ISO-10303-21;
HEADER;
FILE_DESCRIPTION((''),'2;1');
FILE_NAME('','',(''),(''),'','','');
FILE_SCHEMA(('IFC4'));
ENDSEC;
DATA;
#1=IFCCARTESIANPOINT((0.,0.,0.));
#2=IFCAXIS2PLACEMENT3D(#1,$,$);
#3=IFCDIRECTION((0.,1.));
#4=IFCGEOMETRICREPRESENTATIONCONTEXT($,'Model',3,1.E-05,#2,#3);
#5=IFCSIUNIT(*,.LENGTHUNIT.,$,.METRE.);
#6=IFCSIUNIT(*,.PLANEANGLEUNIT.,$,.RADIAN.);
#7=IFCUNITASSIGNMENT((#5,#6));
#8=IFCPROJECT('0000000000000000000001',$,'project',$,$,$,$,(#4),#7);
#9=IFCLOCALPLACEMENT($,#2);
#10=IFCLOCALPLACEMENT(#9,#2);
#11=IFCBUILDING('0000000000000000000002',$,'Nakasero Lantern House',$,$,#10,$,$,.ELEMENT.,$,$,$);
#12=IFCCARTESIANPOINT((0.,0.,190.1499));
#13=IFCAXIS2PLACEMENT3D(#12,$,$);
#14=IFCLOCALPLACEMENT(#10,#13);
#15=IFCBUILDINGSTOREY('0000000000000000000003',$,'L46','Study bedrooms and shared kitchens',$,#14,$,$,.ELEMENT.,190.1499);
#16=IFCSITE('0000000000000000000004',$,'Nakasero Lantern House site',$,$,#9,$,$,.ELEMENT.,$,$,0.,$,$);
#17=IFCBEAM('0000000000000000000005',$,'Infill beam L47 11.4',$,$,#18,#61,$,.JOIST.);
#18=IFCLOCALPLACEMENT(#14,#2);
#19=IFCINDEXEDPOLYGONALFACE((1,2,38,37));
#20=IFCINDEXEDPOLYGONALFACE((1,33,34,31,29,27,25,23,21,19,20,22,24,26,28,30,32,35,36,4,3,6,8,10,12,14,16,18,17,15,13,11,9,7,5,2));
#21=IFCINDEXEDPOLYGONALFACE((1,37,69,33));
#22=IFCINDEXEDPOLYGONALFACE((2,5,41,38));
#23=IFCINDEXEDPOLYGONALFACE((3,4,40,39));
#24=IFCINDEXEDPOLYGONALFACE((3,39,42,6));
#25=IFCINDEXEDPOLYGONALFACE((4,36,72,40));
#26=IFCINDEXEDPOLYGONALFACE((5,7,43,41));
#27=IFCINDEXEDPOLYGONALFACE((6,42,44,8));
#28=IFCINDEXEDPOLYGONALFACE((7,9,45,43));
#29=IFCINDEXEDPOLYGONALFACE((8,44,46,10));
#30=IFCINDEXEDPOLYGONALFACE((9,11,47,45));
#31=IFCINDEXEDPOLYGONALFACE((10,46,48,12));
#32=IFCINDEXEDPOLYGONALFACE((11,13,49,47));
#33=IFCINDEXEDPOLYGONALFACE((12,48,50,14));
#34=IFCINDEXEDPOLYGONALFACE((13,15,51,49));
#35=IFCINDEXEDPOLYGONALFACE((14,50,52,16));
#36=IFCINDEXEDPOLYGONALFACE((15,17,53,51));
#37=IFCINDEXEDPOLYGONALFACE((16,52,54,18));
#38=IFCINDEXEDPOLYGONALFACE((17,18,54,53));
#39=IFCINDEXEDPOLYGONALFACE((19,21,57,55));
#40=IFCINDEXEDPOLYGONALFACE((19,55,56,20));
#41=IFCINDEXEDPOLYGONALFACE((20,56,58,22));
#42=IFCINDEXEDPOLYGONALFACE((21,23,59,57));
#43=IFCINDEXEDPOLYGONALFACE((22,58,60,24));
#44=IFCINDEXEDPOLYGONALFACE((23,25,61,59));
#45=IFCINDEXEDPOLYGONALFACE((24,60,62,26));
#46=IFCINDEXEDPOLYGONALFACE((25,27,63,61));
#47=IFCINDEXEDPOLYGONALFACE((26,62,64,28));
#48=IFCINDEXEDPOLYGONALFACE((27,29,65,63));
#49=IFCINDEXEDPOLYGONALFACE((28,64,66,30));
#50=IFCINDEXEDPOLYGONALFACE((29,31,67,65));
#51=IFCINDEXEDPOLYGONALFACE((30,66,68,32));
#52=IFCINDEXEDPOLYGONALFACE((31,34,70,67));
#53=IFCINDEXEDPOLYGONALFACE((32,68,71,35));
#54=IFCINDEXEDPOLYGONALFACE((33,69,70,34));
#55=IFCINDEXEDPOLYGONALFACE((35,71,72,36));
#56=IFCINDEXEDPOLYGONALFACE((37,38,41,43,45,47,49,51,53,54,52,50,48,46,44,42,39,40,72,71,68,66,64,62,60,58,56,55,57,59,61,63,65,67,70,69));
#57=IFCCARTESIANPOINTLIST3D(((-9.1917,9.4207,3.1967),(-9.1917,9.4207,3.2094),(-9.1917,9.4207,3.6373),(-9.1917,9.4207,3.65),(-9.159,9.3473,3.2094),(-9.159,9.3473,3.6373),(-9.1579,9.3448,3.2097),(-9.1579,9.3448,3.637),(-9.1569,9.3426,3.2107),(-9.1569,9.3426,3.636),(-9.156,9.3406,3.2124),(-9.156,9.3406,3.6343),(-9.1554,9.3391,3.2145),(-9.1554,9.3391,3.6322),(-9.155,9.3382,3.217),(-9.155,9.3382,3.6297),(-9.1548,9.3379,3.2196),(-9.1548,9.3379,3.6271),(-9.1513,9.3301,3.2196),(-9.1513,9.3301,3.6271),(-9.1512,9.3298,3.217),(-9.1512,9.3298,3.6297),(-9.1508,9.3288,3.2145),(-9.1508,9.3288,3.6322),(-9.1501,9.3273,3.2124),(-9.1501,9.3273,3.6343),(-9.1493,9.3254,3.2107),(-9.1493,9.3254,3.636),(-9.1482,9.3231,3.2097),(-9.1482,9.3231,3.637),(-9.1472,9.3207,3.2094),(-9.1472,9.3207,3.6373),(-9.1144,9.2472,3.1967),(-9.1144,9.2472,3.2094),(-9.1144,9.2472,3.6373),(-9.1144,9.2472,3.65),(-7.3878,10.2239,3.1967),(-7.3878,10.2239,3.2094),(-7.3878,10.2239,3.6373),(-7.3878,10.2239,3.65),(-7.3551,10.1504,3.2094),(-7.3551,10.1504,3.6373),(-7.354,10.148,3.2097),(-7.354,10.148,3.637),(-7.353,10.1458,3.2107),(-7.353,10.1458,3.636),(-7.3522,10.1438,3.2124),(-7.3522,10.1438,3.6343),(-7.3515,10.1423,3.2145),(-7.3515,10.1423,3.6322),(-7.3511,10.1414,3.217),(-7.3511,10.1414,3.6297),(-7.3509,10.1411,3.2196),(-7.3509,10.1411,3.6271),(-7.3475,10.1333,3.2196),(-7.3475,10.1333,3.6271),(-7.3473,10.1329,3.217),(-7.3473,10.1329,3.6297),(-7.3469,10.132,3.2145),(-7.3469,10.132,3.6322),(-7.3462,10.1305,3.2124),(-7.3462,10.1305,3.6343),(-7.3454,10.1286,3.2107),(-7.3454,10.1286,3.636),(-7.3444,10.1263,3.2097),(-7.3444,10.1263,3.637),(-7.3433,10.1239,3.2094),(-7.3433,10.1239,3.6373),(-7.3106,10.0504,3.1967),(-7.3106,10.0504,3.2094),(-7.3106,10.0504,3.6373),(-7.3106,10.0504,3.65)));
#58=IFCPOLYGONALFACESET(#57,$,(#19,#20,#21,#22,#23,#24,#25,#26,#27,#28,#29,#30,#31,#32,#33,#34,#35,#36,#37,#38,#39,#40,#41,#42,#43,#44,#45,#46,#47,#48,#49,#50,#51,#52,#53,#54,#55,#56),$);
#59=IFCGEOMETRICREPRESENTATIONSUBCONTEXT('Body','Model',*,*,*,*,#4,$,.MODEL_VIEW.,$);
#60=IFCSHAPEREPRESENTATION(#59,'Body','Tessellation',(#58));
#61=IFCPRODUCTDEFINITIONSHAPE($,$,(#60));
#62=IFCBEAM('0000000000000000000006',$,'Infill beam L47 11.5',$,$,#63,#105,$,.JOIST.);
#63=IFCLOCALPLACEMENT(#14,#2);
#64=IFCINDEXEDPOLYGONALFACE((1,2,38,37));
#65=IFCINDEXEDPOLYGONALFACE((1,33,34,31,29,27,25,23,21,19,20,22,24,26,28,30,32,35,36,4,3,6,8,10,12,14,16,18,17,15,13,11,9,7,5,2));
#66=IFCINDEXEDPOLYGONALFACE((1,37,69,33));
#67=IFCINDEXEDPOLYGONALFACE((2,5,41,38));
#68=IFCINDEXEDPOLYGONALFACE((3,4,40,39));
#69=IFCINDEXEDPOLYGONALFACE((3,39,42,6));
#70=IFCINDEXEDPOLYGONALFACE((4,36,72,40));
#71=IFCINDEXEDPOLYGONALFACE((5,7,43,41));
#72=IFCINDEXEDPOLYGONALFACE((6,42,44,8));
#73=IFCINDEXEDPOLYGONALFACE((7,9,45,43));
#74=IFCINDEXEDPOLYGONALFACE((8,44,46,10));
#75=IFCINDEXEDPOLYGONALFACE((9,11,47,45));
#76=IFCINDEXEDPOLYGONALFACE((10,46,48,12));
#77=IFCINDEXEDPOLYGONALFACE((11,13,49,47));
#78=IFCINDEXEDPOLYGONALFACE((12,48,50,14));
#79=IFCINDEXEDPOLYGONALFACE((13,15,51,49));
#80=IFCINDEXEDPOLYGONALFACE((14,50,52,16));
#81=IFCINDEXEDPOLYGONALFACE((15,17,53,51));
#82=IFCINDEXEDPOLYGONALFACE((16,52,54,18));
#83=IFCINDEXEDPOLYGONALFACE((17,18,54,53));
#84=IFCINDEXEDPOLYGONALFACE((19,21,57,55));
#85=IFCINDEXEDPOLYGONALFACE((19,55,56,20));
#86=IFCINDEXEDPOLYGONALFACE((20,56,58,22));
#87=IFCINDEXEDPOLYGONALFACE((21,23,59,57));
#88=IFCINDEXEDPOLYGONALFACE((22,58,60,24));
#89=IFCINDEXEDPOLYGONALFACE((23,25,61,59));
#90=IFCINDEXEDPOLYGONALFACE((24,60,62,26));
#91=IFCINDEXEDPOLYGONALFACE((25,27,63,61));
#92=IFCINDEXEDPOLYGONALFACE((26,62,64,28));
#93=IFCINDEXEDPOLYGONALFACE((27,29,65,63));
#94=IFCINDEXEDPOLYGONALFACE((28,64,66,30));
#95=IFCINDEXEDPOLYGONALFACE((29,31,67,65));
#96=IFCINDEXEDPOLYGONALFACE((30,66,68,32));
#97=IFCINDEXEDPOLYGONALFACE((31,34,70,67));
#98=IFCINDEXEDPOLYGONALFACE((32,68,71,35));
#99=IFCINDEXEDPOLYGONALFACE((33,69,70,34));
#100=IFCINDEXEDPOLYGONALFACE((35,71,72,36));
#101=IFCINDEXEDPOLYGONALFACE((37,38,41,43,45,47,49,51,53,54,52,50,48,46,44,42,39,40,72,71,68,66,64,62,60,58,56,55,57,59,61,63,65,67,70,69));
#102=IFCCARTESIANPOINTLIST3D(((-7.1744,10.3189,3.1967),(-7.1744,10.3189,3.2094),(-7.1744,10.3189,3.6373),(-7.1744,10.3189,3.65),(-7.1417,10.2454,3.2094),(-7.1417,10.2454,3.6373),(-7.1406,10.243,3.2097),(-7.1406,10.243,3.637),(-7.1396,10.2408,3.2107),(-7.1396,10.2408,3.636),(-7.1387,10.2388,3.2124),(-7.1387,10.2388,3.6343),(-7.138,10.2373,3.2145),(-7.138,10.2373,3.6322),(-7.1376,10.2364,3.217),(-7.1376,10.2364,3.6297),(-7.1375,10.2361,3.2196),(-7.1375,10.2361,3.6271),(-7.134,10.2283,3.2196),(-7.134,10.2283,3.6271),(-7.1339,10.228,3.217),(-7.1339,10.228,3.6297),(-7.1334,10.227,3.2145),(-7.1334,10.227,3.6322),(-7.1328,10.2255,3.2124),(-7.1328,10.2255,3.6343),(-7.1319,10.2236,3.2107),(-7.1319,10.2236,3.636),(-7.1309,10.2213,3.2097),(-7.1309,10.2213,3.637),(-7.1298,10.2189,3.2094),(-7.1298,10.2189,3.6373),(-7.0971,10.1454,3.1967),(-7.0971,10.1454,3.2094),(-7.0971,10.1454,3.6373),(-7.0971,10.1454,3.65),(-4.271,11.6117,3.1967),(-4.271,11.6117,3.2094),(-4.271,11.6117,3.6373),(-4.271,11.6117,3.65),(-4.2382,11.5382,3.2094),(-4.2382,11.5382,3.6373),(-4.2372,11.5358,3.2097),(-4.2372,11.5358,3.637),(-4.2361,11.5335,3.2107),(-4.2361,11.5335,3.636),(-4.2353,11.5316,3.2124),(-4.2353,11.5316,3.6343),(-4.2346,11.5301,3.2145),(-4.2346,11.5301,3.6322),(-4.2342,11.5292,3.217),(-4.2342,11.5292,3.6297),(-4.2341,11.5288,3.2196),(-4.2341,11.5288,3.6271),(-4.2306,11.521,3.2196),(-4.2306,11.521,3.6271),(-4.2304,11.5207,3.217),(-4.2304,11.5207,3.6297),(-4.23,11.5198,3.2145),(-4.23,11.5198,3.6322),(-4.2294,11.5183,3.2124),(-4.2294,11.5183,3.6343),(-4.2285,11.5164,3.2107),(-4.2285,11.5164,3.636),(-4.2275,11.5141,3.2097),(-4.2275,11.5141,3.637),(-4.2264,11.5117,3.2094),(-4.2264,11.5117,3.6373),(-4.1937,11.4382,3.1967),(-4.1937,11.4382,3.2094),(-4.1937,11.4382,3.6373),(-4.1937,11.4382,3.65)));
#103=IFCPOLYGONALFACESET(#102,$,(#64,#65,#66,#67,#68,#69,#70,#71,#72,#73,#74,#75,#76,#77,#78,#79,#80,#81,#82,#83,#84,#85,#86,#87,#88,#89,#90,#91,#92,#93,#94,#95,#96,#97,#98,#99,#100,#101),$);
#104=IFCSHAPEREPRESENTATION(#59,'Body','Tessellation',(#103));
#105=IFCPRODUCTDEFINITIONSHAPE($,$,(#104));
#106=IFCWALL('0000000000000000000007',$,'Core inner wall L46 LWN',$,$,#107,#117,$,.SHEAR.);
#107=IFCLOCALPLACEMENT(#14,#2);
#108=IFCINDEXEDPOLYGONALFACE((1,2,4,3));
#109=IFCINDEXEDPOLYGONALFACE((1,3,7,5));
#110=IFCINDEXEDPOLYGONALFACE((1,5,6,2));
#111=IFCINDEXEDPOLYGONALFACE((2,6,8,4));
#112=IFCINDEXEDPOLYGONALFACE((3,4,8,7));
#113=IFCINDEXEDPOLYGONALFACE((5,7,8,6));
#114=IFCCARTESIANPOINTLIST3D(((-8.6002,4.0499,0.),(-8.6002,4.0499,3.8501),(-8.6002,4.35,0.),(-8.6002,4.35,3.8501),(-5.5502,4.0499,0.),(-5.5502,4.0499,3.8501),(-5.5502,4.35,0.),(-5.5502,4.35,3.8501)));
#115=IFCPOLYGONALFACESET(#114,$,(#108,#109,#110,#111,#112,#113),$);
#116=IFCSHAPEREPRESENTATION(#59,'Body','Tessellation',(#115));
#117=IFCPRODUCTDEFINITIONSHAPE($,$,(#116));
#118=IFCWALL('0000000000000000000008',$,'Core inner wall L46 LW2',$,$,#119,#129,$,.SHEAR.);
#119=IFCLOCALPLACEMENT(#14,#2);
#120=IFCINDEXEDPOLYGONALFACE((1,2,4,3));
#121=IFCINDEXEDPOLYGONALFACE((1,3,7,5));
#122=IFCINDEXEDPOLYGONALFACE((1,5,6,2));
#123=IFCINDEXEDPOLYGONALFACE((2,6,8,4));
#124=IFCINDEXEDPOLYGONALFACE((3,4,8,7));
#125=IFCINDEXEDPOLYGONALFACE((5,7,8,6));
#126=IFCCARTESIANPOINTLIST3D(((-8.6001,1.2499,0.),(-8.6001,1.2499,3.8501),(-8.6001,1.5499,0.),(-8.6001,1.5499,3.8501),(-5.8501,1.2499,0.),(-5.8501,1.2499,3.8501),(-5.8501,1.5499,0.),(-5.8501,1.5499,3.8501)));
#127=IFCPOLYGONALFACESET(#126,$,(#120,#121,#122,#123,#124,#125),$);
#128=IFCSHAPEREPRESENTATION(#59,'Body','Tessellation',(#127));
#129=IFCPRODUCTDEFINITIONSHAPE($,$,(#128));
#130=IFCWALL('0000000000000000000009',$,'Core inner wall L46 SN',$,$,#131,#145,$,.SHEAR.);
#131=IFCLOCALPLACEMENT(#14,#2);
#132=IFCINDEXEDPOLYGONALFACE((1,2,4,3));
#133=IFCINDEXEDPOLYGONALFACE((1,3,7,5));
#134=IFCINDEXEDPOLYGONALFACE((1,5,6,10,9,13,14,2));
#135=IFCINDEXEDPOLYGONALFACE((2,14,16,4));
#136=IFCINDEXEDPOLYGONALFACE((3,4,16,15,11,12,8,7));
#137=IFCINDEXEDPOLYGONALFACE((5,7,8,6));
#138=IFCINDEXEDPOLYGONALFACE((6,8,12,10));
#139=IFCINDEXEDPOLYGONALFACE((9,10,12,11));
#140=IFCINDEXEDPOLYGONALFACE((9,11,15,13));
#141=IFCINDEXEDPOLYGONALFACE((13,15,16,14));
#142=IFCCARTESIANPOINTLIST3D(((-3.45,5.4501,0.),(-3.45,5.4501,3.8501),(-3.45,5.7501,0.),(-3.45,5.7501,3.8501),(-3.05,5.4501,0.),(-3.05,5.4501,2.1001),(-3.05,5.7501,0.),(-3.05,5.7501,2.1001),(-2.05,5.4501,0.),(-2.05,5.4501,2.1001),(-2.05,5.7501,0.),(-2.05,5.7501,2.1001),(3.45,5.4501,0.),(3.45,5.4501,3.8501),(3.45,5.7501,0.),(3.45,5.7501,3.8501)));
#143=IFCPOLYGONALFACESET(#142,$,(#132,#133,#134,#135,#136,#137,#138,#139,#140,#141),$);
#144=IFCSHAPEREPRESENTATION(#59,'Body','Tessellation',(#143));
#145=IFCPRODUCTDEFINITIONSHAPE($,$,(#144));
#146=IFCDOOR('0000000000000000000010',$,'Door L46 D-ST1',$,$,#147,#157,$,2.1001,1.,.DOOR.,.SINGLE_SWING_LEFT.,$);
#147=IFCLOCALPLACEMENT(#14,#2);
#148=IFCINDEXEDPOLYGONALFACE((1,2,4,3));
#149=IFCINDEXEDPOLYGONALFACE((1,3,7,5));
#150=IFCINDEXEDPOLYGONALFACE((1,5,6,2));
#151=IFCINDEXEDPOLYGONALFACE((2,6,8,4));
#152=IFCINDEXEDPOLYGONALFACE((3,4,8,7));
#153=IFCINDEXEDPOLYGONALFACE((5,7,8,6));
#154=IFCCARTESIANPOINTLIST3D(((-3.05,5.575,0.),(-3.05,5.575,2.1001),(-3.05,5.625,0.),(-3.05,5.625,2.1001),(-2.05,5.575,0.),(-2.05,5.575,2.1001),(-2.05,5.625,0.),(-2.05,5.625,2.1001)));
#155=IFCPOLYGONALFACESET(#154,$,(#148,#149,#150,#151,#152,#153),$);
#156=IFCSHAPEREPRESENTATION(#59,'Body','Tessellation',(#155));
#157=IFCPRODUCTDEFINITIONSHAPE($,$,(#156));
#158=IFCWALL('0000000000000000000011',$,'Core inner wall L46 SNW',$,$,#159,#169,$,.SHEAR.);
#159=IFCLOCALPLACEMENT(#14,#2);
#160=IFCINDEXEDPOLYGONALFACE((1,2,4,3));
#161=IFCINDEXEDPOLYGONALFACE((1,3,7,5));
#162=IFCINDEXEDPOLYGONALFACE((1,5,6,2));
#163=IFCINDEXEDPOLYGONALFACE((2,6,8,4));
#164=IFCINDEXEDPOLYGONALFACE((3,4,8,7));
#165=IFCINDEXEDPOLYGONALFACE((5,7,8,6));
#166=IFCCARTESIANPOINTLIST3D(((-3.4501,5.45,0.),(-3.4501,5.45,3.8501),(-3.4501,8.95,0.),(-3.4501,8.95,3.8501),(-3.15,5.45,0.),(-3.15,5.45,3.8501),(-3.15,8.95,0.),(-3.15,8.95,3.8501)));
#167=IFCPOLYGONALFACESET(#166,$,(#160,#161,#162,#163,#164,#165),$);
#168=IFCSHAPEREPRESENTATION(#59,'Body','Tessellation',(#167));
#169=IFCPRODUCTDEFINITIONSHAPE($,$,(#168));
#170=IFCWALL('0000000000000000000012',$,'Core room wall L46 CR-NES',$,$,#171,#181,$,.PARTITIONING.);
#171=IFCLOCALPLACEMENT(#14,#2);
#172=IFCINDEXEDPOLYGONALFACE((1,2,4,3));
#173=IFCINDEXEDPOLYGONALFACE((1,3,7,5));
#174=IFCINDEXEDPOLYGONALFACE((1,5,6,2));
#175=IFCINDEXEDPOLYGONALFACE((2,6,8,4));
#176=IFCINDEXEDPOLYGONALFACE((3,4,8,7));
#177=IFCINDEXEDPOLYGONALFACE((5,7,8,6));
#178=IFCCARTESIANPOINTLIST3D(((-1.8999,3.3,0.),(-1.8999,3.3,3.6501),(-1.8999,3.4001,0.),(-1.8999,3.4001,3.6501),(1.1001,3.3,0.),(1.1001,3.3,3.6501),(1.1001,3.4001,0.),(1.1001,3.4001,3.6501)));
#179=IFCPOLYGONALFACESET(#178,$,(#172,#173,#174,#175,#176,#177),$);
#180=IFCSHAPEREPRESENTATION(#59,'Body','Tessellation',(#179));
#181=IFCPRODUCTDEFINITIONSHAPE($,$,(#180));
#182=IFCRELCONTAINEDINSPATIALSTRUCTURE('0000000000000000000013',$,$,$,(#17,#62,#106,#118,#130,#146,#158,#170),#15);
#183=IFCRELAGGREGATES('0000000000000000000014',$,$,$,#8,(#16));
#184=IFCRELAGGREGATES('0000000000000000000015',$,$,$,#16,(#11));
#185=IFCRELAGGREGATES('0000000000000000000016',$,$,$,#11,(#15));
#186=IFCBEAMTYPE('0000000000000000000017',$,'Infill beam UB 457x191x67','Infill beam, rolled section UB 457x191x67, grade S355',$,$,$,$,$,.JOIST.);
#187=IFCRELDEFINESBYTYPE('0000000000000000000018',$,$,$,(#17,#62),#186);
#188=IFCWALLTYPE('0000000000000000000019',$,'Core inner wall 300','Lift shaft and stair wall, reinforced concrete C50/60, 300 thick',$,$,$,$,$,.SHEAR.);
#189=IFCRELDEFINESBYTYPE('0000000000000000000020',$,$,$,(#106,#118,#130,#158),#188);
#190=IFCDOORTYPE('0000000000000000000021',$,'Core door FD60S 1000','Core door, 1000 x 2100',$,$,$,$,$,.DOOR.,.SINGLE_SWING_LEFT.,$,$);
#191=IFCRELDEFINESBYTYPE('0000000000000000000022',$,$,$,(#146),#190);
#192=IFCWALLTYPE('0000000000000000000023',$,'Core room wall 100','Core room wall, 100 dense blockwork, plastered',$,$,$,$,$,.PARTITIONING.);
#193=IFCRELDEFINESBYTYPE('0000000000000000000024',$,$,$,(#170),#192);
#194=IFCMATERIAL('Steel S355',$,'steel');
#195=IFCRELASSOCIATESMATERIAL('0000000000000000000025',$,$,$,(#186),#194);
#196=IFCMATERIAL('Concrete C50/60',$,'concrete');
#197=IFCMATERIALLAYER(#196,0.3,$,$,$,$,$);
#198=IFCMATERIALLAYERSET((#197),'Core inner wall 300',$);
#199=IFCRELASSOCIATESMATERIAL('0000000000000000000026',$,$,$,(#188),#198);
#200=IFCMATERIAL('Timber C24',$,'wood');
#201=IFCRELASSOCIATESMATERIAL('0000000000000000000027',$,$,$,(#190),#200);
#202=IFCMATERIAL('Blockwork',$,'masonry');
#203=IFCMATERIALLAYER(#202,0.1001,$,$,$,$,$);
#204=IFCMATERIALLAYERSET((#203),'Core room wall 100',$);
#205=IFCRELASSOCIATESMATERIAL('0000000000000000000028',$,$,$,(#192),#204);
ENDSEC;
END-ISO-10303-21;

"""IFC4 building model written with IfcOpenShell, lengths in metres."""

from ifc_helpers import new_model, si_unit, direction, frame, frame_2d, origin, origin_2d, place, context, subcontext, project, spatial, rectangle, i_section, extrude, material, layer, layer_set, material_profile, profile_set, type_object, element, fill, save


model = new_model("IFC4")

# Units and contexts
model_context = context("Model", 3, precision=1e-05, world=origin(), true_north=direction((0.0, 1.0)))
body_context = subcontext(model_context, "Body", "Model", "MODEL_VIEW")
ifc_project = project(units=[si_unit("LENGTHUNIT", "METRE"), si_unit("PLANEANGLEUNIT", "RADIAN")], contexts=[model_context])

# Site, building, storey
site_placement = place(None, origin())
site = spatial("IfcSite", under=ifc_project, at=site_placement, Name="Nakasero Lantern House site", CompositionType="ELEMENT", RefElevation=0.0)
building_placement = place(site_placement, origin())
building = spatial("IfcBuilding", under=site, at=building_placement, Name="Nakasero Lantern House", CompositionType="ELEMENT")
storey_placement = place(building_placement, frame((0.0, 0.0, 190.1499)))
storey = spatial("IfcBuildingStorey", under=building, at=storey_placement, Name="L46", Description="Study bedrooms and shared kitchens", CompositionType="ELEMENT", Elevation=190.1499)

# Beams
ifc_material_1 = material(Name="Steel S355", Category="steel")
ifc_material_profile = material_profile(ifc_material_1, i_section(OverallWidth=0.1899, OverallDepth=0.4534, WebThickness=0.0085, FlangeThickness=0.0127, FilletRadius=0.0103, at=origin_2d()), Name="UB 457x191x67")
ifc_profile_set = profile_set([ifc_material_profile], Name="Steel S355")
beam_type = type_object("IfcBeamType", Name="Infill beam UB 457x191x67", Description="Infill beam, rolled section UB 457x191x67, grade S355", PredefinedType="JOIST", material=ifc_profile_set)
beam_1_placement = place(storey_placement, frame((-9.1531, 9.334, 3.4233), z_axis=(0.913536, 0.406758, 0.0), x_axis=(-0.406758, 0.913536, 0.0)))
element("IfcBeam", 1, at=beam_1_placement, inside=storey, type_object=beam_type, Name="Infill beam L47 11.4", PredefinedType="JOIST", context=body_context, shape_type="SweptSolid", body=[
    extrude(i_section(OverallWidth=0.1899, OverallDepth=0.4534, WebThickness=0.0085, FlangeThickness=0.0127, FilletRadius=0.0103, at=origin_2d()), origin(), (0.0, 0.0, 1.0), 1.9746),
])
beam_2_placement = place(storey_placement, frame((-7.1357, 10.2322, 3.4233), z_axis=(0.913536, 0.406758, 0.0), x_axis=(-0.406758, 0.913536, 0.0)))
element("IfcBeam", 2, at=beam_2_placement, inside=storey, type_object=beam_type, Name="Infill beam L47 11.5", PredefinedType="JOIST", context=body_context, shape_type="SweptSolid", body=[
    extrude(i_section(OverallWidth=0.1899, OverallDepth=0.4534, WebThickness=0.0085, FlangeThickness=0.0127, FilletRadius=0.0103, at=origin_2d()), origin(), (0.0, 0.0, 1.0), 3.1782),
])

# Walls
ifc_material_2 = material(Name="Concrete C50/60", Category="concrete")
ifc_layer_1 = layer(ifc_material_2, 0.3)
ifc_layer_set_1 = layer_set([ifc_layer_1], Name="Core inner wall 300")
wall_type_1 = type_object("IfcWallType", Name="Core inner wall 300", Description="Lift shaft and stair wall, reinforced concrete C50/60, 300 thick", PredefinedType="SHEAR", material=ifc_layer_set_1)
wall_1_placement = place(storey_placement, frame((-8.6001, 4.2, 0.0), z_axis=(0.0, 0.0, 1.0), x_axis=(1.0, 0.0, 0.0)))
element("IfcWall", 3, at=wall_1_placement, inside=storey, type_object=wall_type_1, Name="Core inner wall L46 LWN", PredefinedType="SHEAR", context=body_context, shape_type="SweptSolid", body=[
    extrude(rectangle(XDim=3.05, YDim=0.3, at=frame_2d((1.5249, 0.0))), origin(), (0.0, 0.0, 1.0), 3.8501),
])
wall_2_placement = place(storey_placement, frame((-8.6001, 1.3999, 0.0), z_axis=(0.0, 0.0, 1.0), x_axis=(1.0, 0.0, 0.0)))
element("IfcWall", 4, at=wall_2_placement, inside=storey, type_object=wall_type_1, Name="Core inner wall L46 LW2", PredefinedType="SHEAR", context=body_context, shape_type="SweptSolid", body=[
    extrude(rectangle(XDim=2.75, YDim=0.3, at=frame_2d((1.375, 0.0))), origin(), (0.0, 0.0, 1.0), 3.8501),
])

# Wall, opening, door
wall_3_placement = place(storey_placement, frame((-3.45, 5.6001, 0.0), z_axis=(0.0, 0.0, 1.0), x_axis=(1.0, 0.0, 0.0)))
wall_3 = element("IfcWall", 5, at=wall_3_placement, inside=storey, type_object=wall_type_1, Name="Core inner wall L46 SN", PredefinedType="SHEAR", context=body_context, shape_type="SweptSolid", body=[
    extrude(rectangle(XDim=6.8999, YDim=0.3, at=frame_2d((3.45, 0.0))), origin(), (0.0, 0.0, 1.0), 3.8501),
])
opening_1_placement = place(wall_3_placement, frame((0.3999, 0.0, 0.0)))
opening_1 = element("IfcOpeningElement", 6, at=opening_1_placement, cuts=wall_3, PredefinedType="OPENING", context=body_context, shape_type="SweptSolid", body=[
    extrude(rectangle(XDim=1.0, YDim=2.1001, at=frame_2d((0.5, 1.05))), frame((0.0, 0.1699, 0.0), z_axis=(0.0, -1.0, 0.0), x_axis=(1.0, 0.0, 0.0)), (0.0, 0.0, 1.0), 0.3401),
])
ifc_material_3 = material(Name="Timber C24", Category="wood")
door_type_1 = type_object("IfcDoorType", Name="Core door FD60S 1000", Description="Core door, 1000 x 2100", OperationType="SINGLE_SWING_LEFT", PredefinedType="DOOR", material=ifc_material_3)
door_1_placement = place(opening_1_placement, origin())
door_1 = element("IfcDoor", 7, at=door_1_placement, inside=storey, type_object=door_type_1, Name="Door L46 D-ST1", OperationType="SINGLE_SWING_LEFT", OverallHeight=2.1001, OverallWidth=1.0, PredefinedType="DOOR", context=body_context, shape_type="SweptSolid", body=[
    extrude(rectangle(XDim=1.0, YDim=2.1001, at=frame_2d((0.5, 1.05))), frame((0.0, 0.0249, 0.0), z_axis=(0.0, -1.0, 0.0), x_axis=(1.0, 0.0, 0.0)), (0.0, 0.0, 1.0), 0.05),
])
fill(opening_1, door_1)

# Walls
wall_4_placement = place(storey_placement, frame((-3.3, 5.45, 0.0), z_axis=(0.0, 0.0, 1.0), x_axis=(0.0, 1.0, 0.0)))
element("IfcWall", 8, at=wall_4_placement, inside=storey, type_object=wall_type_1, Name="Core inner wall L46 SNW", PredefinedType="SHEAR", context=body_context, shape_type="SweptSolid", body=[
    extrude(rectangle(XDim=3.5, YDim=0.3, at=frame_2d((1.75, 0.0))), origin(), (0.0, 0.0, 1.0), 3.8501),
])
ifc_material_4 = material(Name="Blockwork", Category="masonry")
ifc_layer_2 = layer(ifc_material_4, 0.1001)
ifc_layer_set_2 = layer_set([ifc_layer_2], Name="Core room wall 100")
wall_type_2 = type_object("IfcWallType", Name="Core room wall 100", Description="Core room wall, 100 dense blockwork, plastered", PredefinedType="PARTITIONING", material=ifc_layer_set_2)
wall_5_placement = place(storey_placement, frame((-1.8999, 3.3501, 0.0), z_axis=(0.0, 0.0, 1.0), x_axis=(1.0, 0.0, 0.0)))
element("IfcWall", 9, at=wall_5_placement, inside=storey, type_object=wall_type_2, Name="Core room wall L46 CR-NES", PredefinedType="PARTITIONING", context=body_context, shape_type="SweptSolid", body=[
    extrude(rectangle(XDim=3.0, YDim=0.1001, at=frame_2d((1.5, 0.0))), origin(), (0.0, 0.0, 1.0), 3.6501),
])

save(model, "model.ifc")
